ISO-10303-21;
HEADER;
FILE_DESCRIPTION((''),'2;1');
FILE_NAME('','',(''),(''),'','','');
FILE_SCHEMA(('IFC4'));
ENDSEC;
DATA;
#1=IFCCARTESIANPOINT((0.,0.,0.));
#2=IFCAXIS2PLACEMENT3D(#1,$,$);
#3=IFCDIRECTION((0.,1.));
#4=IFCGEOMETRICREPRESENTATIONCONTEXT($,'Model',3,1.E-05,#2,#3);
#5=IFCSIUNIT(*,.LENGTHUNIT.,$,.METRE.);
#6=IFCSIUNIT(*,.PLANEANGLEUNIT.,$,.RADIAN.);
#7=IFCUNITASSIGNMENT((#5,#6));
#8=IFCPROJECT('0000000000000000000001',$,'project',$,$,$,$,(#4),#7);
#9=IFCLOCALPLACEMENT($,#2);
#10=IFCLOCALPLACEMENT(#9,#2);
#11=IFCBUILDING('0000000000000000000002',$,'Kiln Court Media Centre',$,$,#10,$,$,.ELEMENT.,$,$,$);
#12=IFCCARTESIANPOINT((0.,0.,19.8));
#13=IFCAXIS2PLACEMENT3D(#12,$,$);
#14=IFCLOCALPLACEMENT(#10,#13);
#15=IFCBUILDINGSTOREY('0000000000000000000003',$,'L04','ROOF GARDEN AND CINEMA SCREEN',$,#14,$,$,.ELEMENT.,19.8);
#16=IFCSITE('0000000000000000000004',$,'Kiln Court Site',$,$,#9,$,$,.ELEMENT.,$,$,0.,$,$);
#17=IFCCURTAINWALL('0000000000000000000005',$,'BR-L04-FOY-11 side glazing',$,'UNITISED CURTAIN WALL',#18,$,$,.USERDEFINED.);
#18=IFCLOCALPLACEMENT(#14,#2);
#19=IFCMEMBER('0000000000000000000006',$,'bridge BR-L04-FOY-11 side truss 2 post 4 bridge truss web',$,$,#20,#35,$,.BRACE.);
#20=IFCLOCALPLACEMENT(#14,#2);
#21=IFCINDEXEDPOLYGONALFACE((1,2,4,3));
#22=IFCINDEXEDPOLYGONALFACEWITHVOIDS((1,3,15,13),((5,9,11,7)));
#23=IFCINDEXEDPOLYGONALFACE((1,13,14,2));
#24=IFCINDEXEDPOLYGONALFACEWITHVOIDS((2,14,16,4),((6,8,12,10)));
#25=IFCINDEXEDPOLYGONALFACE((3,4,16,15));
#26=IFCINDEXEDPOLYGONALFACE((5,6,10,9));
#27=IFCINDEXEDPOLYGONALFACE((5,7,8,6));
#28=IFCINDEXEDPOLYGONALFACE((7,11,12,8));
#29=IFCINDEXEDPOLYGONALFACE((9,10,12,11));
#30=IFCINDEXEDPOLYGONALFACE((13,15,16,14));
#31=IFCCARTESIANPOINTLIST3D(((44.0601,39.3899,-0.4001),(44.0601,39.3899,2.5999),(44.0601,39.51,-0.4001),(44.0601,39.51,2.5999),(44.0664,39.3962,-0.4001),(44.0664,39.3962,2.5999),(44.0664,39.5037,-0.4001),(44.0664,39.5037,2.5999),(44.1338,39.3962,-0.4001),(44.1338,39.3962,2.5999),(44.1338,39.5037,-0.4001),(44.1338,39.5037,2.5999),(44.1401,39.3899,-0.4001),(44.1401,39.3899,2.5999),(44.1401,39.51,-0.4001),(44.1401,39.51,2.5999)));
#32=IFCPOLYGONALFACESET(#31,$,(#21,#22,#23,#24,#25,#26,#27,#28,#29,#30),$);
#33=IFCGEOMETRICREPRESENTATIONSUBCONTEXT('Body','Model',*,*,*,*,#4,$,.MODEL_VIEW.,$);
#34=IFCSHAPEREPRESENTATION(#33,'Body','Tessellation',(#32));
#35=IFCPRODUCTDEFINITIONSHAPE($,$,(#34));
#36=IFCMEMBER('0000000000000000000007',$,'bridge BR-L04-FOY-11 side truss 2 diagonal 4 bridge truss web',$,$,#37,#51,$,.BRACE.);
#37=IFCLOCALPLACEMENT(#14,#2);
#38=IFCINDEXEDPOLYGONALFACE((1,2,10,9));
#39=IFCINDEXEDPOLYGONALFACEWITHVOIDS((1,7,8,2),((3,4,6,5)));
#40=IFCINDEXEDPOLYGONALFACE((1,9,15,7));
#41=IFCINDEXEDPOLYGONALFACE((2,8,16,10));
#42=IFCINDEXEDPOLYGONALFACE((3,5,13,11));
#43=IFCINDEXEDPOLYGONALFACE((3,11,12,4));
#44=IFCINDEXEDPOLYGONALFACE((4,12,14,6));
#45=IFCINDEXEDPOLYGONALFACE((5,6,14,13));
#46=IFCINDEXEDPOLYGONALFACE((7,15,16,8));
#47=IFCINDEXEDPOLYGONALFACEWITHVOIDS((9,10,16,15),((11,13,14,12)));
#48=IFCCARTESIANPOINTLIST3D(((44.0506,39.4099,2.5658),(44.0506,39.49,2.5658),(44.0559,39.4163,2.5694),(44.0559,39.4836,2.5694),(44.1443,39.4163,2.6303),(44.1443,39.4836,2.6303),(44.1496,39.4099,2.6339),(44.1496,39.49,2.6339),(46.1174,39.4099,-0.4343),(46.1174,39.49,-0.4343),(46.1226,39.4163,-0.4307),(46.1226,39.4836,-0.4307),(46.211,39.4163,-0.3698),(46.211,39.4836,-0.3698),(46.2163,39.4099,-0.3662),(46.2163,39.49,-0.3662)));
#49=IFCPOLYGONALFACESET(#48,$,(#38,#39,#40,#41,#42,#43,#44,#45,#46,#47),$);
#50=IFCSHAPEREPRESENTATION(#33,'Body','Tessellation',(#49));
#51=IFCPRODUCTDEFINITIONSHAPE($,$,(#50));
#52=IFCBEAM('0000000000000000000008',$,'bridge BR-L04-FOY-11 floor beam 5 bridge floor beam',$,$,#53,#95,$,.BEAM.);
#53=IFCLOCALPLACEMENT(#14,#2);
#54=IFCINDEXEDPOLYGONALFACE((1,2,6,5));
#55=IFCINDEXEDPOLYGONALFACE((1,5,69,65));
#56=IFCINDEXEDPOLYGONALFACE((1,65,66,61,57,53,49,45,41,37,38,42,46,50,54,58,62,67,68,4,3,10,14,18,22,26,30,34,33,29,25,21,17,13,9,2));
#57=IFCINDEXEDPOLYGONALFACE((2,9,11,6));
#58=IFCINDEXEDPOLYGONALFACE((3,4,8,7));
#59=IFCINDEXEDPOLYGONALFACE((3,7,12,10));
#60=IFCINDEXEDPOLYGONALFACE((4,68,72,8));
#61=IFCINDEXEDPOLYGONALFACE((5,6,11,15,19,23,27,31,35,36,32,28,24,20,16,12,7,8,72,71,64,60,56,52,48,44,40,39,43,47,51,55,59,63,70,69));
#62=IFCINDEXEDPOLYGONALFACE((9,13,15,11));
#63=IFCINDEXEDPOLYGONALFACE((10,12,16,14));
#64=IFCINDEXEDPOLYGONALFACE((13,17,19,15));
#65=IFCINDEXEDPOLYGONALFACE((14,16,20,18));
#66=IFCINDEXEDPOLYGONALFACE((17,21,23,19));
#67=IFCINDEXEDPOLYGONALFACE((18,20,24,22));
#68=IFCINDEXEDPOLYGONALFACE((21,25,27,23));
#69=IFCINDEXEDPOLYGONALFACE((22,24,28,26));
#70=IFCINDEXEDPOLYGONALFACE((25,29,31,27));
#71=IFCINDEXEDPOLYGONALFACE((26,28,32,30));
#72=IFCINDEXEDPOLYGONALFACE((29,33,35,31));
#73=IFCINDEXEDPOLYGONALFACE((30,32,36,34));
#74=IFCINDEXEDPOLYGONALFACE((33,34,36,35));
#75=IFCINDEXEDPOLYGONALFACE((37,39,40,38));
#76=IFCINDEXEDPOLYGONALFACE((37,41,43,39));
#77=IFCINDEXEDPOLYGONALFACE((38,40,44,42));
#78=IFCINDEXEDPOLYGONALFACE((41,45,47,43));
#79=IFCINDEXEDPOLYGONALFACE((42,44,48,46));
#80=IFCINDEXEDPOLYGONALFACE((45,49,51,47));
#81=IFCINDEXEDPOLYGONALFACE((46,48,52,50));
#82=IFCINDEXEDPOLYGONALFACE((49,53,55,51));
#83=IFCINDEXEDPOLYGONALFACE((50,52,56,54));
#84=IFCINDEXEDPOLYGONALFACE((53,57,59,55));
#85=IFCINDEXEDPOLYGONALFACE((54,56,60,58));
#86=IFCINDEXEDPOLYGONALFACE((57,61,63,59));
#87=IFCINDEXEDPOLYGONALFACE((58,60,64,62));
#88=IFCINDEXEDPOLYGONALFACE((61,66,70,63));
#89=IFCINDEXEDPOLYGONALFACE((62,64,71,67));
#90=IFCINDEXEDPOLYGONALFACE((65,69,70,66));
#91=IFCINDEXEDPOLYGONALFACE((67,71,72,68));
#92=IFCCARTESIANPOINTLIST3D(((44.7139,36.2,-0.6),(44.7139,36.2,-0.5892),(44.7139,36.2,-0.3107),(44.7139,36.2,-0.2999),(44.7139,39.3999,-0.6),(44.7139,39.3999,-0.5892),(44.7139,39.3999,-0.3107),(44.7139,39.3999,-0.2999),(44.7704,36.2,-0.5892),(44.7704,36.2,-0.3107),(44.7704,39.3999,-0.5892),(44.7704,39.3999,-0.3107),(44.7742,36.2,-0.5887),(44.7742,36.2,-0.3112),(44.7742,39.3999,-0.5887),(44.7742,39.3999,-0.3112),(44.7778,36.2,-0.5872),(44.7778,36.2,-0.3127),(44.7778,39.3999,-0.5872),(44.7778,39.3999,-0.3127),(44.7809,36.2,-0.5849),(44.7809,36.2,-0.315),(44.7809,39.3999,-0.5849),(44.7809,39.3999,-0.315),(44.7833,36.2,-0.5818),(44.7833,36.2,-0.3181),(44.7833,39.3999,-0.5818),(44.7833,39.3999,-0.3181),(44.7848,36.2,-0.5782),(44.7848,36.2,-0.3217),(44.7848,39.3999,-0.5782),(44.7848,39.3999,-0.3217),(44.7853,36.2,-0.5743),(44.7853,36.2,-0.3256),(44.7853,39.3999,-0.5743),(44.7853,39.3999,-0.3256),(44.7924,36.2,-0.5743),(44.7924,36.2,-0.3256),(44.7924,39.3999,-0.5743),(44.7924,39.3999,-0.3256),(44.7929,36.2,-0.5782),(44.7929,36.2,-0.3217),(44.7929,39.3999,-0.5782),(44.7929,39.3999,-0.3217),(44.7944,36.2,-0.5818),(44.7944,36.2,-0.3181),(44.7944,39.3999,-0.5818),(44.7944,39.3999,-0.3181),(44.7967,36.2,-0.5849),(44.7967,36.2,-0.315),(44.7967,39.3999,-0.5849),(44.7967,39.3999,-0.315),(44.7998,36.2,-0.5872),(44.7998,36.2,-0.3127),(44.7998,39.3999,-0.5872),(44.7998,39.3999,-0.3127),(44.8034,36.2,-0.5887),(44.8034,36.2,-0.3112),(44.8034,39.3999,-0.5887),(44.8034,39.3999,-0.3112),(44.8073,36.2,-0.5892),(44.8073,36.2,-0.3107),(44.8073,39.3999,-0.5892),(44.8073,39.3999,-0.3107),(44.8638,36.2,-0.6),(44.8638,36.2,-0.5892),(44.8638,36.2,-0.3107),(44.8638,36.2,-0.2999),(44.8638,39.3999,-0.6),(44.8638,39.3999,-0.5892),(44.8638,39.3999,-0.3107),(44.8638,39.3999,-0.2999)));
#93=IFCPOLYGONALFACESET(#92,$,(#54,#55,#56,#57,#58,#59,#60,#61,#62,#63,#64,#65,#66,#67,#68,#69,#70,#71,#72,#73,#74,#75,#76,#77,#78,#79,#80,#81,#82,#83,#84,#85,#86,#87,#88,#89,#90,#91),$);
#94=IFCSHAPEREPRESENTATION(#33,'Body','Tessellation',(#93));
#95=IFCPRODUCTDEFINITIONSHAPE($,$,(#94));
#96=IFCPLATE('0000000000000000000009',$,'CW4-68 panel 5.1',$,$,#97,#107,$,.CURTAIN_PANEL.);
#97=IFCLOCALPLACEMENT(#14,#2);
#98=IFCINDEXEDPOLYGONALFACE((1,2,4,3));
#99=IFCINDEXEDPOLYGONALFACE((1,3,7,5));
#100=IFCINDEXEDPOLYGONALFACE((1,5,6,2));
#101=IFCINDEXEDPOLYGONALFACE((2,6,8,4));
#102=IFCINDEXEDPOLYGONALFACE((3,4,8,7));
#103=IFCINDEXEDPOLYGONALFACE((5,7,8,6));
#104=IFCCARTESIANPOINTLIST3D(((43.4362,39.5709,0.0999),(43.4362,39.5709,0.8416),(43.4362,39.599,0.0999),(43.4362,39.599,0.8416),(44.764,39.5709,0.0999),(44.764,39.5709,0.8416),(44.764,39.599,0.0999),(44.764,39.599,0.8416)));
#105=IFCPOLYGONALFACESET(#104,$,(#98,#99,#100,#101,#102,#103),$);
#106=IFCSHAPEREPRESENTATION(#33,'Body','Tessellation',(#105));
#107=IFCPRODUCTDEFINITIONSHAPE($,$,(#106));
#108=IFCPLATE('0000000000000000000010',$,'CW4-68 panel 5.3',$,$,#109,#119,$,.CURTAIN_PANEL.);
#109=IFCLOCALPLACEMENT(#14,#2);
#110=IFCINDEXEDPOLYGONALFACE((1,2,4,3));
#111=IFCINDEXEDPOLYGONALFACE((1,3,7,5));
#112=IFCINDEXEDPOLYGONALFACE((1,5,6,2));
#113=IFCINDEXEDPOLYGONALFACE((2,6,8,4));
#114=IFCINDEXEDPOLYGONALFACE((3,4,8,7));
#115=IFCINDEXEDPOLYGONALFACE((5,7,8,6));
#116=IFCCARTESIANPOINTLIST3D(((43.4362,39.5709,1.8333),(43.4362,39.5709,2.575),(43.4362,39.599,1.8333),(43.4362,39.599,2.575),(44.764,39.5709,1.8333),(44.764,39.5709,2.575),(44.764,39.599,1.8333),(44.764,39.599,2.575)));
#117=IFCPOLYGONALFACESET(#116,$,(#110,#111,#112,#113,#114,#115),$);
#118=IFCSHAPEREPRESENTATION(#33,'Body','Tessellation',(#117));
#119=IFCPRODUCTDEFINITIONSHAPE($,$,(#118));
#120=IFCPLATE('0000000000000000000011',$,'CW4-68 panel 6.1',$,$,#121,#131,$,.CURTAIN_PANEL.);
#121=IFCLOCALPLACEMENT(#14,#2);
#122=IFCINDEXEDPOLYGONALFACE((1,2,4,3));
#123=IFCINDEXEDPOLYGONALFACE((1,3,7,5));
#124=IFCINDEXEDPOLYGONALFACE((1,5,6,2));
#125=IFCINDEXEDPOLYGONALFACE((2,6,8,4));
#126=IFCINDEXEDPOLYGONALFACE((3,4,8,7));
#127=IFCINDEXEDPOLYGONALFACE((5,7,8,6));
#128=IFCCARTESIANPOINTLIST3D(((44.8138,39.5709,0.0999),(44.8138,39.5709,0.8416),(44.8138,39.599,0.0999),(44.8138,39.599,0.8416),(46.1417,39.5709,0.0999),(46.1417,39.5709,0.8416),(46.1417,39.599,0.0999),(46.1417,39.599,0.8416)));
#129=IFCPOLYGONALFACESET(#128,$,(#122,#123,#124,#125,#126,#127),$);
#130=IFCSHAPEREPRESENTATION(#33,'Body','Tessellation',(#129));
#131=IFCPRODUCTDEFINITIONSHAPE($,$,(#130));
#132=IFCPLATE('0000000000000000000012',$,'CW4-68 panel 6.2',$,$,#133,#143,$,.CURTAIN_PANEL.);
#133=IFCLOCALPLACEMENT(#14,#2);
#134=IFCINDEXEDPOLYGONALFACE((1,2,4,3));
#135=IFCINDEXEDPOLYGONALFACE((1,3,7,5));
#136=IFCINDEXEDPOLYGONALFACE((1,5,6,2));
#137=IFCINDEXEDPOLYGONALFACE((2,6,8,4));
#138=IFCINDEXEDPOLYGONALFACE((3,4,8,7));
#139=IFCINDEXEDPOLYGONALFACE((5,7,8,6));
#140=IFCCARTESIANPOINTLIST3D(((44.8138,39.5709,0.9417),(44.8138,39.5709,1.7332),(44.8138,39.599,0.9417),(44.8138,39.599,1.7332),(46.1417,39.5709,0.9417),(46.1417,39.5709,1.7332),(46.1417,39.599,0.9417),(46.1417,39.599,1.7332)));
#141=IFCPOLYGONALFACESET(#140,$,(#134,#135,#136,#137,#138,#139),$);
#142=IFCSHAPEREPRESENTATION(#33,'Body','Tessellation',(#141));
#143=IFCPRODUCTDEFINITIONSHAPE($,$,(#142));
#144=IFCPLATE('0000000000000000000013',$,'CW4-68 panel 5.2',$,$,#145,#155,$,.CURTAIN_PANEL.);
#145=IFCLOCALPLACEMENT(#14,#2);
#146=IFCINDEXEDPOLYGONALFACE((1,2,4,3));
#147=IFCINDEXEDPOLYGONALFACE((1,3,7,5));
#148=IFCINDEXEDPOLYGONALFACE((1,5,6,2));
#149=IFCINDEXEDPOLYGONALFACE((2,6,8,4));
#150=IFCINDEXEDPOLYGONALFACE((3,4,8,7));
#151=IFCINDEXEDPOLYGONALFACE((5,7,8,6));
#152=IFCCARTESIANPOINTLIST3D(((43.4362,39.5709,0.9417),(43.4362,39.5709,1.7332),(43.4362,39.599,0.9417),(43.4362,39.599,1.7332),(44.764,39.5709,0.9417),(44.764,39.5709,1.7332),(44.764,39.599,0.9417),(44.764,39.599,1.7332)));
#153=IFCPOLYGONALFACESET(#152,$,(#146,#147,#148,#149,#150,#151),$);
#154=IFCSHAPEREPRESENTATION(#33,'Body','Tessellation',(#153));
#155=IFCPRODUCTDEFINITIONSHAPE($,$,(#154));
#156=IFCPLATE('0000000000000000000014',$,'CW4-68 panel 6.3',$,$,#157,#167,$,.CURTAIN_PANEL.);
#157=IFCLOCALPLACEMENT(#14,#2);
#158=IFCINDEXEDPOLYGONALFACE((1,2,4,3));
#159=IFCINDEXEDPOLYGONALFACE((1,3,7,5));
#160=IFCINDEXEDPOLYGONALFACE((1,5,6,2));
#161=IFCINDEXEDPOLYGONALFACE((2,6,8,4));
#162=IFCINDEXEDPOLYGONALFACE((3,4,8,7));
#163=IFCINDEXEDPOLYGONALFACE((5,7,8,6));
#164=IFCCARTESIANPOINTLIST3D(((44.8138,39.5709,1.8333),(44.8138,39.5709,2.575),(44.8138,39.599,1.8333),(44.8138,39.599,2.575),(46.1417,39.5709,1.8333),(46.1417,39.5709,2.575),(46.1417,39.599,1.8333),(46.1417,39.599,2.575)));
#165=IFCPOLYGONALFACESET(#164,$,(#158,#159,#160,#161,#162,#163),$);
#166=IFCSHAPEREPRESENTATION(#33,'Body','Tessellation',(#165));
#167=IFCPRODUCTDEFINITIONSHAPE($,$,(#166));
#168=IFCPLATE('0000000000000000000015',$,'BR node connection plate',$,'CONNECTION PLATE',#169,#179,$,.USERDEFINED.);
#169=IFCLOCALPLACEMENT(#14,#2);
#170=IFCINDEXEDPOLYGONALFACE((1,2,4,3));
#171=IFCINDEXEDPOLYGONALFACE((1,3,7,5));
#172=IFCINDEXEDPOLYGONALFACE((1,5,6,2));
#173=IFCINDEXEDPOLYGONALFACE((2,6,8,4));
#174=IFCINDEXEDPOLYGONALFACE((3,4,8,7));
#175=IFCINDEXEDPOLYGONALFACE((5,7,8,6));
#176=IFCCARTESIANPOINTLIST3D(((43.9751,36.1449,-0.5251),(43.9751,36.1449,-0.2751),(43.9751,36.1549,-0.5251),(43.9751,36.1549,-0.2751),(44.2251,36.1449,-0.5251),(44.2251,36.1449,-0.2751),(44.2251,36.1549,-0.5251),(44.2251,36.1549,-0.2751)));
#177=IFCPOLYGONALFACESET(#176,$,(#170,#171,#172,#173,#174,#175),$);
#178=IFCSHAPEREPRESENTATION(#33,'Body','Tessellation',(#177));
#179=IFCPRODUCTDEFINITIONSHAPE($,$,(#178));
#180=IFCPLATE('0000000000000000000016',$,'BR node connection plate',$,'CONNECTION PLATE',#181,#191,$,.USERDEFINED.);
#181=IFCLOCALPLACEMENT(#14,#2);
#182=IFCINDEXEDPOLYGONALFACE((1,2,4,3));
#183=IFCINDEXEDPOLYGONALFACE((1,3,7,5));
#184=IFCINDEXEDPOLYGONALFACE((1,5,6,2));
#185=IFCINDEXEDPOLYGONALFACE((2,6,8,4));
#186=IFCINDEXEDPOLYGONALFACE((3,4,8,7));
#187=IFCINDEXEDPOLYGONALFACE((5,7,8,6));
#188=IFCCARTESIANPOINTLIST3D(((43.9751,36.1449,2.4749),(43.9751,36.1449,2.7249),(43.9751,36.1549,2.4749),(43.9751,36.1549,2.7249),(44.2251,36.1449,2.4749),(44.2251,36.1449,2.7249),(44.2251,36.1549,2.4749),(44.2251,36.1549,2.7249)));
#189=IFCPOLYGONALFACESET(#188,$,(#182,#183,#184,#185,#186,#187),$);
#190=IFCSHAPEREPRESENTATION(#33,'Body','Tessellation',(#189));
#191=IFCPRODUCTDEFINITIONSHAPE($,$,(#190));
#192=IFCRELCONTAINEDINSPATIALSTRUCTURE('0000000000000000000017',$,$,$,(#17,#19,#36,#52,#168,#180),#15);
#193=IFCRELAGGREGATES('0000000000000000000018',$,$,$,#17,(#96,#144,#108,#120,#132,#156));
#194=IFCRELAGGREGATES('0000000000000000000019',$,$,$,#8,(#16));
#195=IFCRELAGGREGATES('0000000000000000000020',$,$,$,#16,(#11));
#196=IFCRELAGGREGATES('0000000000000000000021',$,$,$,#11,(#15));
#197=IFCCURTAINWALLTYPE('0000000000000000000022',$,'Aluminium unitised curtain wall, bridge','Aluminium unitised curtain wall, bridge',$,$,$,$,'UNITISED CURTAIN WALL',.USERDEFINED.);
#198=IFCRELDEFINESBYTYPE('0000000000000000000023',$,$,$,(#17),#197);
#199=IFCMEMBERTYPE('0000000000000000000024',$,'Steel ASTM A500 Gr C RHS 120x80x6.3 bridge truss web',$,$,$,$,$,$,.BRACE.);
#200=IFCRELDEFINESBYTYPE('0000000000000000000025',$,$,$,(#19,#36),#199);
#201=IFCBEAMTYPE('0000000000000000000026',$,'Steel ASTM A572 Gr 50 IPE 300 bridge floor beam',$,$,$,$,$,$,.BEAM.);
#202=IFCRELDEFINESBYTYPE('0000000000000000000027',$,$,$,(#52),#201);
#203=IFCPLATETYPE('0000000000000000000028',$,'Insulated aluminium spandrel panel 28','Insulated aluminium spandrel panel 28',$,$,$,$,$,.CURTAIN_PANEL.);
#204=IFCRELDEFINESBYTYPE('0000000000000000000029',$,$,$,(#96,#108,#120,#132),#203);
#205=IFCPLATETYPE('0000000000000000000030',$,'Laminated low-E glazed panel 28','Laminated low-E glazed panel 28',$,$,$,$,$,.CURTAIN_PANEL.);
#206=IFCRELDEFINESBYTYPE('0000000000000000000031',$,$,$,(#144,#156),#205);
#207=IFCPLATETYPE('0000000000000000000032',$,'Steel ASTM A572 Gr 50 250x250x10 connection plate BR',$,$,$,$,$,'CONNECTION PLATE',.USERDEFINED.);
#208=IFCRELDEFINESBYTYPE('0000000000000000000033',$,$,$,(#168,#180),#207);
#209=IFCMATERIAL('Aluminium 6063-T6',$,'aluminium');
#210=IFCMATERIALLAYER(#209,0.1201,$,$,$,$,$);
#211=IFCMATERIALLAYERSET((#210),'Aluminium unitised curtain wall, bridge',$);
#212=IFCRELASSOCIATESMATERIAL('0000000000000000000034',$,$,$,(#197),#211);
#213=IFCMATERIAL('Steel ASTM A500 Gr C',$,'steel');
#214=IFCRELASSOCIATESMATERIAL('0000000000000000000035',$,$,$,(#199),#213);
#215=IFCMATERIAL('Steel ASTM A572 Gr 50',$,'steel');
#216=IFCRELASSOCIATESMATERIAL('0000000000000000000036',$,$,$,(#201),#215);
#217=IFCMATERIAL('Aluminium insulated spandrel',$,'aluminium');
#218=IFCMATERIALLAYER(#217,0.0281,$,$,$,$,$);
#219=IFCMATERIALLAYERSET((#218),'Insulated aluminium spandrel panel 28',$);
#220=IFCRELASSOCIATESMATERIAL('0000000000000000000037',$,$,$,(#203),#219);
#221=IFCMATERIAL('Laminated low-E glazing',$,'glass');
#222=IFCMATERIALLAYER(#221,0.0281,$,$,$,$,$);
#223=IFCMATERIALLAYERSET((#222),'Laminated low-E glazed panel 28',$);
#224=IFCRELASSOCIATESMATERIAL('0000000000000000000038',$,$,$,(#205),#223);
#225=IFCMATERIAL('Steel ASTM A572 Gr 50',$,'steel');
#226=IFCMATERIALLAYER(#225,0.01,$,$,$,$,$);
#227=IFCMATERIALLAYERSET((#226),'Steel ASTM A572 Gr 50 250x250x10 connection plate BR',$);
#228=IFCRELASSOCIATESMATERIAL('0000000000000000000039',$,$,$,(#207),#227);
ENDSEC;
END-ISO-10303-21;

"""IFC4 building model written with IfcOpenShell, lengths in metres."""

from ifc_helpers import new_model, si_unit, direction, frame, origin, origin_2d, place, context, subcontext, project, spatial, rectangle, hollow_rectangle, i_section, extrude, material, layer, layer_set, material_profile, profile_set, type_object, element, aggregate, save


model = new_model("IFC4")

# Units and contexts
model_context = context("Model", 3, precision=1e-05, world=origin(), true_north=direction((0.0, 1.0)))
body_context = subcontext(model_context, "Body", "Model", "MODEL_VIEW")
ifc_project = project(units=[si_unit("LENGTHUNIT", "METRE"), si_unit("PLANEANGLEUNIT", "RADIAN")], contexts=[model_context])

# Site, building, storey
site_placement = place(None, origin())
site = spatial("IfcSite", under=ifc_project, at=site_placement, Name="Kiln Court Site", CompositionType="ELEMENT", RefElevation=0.0)
building_placement = place(site_placement, origin())
building = spatial("IfcBuilding", under=site, at=building_placement, Name="Kiln Court Media Centre", CompositionType="ELEMENT")
storey_placement = place(building_placement, frame((0.0, 0.0, 19.8)))
storey = spatial("IfcBuildingStorey", under=building, at=storey_placement, Name="L04", Description="ROOF GARDEN AND CINEMA SCREEN", CompositionType="ELEMENT", Elevation=19.8)

# Curtain wall
ifc_material_1 = material(Name="Aluminium 6063-T6", Category="aluminium")
ifc_layer_1 = layer(ifc_material_1, 0.1201)
ifc_layer_set_1 = layer_set([ifc_layer_1], Name="Aluminium unitised curtain wall, bridge")
curtain_wall_type = type_object("IfcCurtainWallType", Name="Aluminium unitised curtain wall, bridge", Description="Aluminium unitised curtain wall, bridge", ElementType="UNITISED CURTAIN WALL", PredefinedType="USERDEFINED", material=ifc_layer_set_1)
curtain_wall_placement = place(storey_placement, origin())
curtain_wall = element("IfcCurtainWall", 1, at=curtain_wall_placement, inside=storey, type_object=curtain_wall_type, Name="BR-L04-FOY-11 side glazing", ObjectType="UNITISED CURTAIN WALL", PredefinedType="USERDEFINED")

# Members
ifc_material_2 = material(Name="Steel ASTM A500 Gr C", Category="steel")
ifc_material_profile_1 = material_profile(ifc_material_2, hollow_rectangle(XDim=0.0801, YDim=0.1201, WallThickness=0.0063, at=origin_2d()), Name="RHS 120x80x6.3")
ifc_profile_set_1 = profile_set([ifc_material_profile_1], Name="Steel ASTM A500 Gr C")
member_type_1 = type_object("IfcMemberType", Name="Steel ASTM A500 Gr C RHS 120x80x6.3 bridge truss web", PredefinedType="BRACE", material=ifc_profile_set_1)
member_1_placement = place(storey_placement, frame((44.1001, 39.45, -0.4001), z_axis=(0.0, 0.0, 1.0), x_axis=(1.0, 0.0, 0.0)))
element("IfcMember", 2, at=member_1_placement, inside=storey, type_object=member_type_1, Name="bridge BR-L04-FOY-11 side truss 2 post 4 bridge truss web", PredefinedType="BRACE", context=body_context, shape_type="SweptSolid", body=[
    extrude(hollow_rectangle(XDim=0.0801, YDim=0.1201, WallThickness=0.0063, at=origin_2d()), origin(), (0.0, 0.0, 1.0), 3.0),
])
member_2_placement = place(storey_placement, frame((44.1001, 39.45, 2.5999), z_axis=(0.567302, 0.0, -0.82351), x_axis=(0.0, 1.0, 0.0)))
element("IfcMember", 3, at=member_2_placement, inside=storey, type_object=member_type_1, Name="bridge BR-L04-FOY-11 side truss 2 diagonal 4 bridge truss web", PredefinedType="BRACE", context=body_context, shape_type="SweptSolid", body=[
    extrude(hollow_rectangle(XDim=0.0801, YDim=0.1201, WallThickness=0.0063, at=origin_2d()), origin(), (0.0, 0.0, 1.0), 3.6431),
])

# Beam
ifc_material_3 = material(Name="Steel ASTM A572 Gr 50", Category="steel")
ifc_material_profile_2 = material_profile(ifc_material_3, i_section(OverallWidth=0.1499, OverallDepth=0.3, WebThickness=0.0071, FlangeThickness=0.0107, FilletRadius=0.0149, at=origin_2d()), Name="IPE 300")
ifc_profile_set_2 = profile_set([ifc_material_profile_2], Name="Steel ASTM A572 Gr 50")
beam_type = type_object("IfcBeamType", Name="Steel ASTM A572 Gr 50 IPE 300 bridge floor beam", PredefinedType="BEAM", material=ifc_profile_set_2)
beam_placement = place(storey_placement, frame((44.7888, 36.2, -0.45), z_axis=(0.0, 1.0, 0.0), x_axis=(-1.0, 0.0, 0.0)))
element("IfcBeam", 4, at=beam_placement, inside=storey, type_object=beam_type, Name="bridge BR-L04-FOY-11 floor beam 5 bridge floor beam", PredefinedType="BEAM", context=body_context, shape_type="SweptSolid", body=[
    extrude(i_section(OverallWidth=0.1499, OverallDepth=0.3, WebThickness=0.0071, FlangeThickness=0.0107, FilletRadius=0.0149, at=origin_2d()), origin(), (0.0, 0.0, 1.0), 3.2),
])

# Plates
ifc_material_4 = material(Name="Aluminium insulated spandrel", Category="aluminium")
ifc_layer_2 = layer(ifc_material_4, 0.0281)
ifc_layer_set_2 = layer_set([ifc_layer_2], Name="Insulated aluminium spandrel panel 28")
plate_type_1 = type_object("IfcPlateType", Name="Insulated aluminium spandrel panel 28", Description="Insulated aluminium spandrel panel 28", PredefinedType="CURTAIN_PANEL", material=ifc_layer_set_2)
plate_1_placement = place(storey_placement, frame((44.1001, 39.585, 0.0999), z_axis=(0.0, 0.0, 1.0), x_axis=(1.0, 0.0, 0.0)))
plate_1 = element("IfcPlate", 5, at=plate_1_placement, type_object=plate_type_1, Name="CW4-68 panel 5.1", PredefinedType="CURTAIN_PANEL", context=body_context, shape_type="SweptSolid", body=[
    extrude(rectangle(XDim=1.3279, YDim=0.0281, at=origin_2d()), origin(), (0.0, 0.0, 1.0), 0.7417),
])
plate_2_placement = place(storey_placement, frame((44.1001, 39.585, 1.8333), z_axis=(0.0, 0.0, 1.0), x_axis=(1.0, 0.0, 0.0)))
plate_2 = element("IfcPlate", 6, at=plate_2_placement, type_object=plate_type_1, Name="CW4-68 panel 5.3", PredefinedType="CURTAIN_PANEL", context=body_context, shape_type="SweptSolid", body=[
    extrude(rectangle(XDim=1.3279, YDim=0.0281, at=origin_2d()), origin(), (0.0, 0.0, 1.0), 0.7417),
])
plate_3_placement = place(storey_placement, frame((45.4778, 39.585, 0.0999), z_axis=(0.0, 0.0, 1.0), x_axis=(1.0, 0.0, 0.0)))
plate_3 = element("IfcPlate", 7, at=plate_3_placement, type_object=plate_type_1, Name="CW4-68 panel 6.1", PredefinedType="CURTAIN_PANEL", context=body_context, shape_type="SweptSolid", body=[
    extrude(rectangle(XDim=1.3279, YDim=0.0281, at=origin_2d()), origin(), (0.0, 0.0, 1.0), 0.7417),
])
plate_4_placement = place(storey_placement, frame((45.4778, 39.585, 0.9417), z_axis=(0.0, 0.0, 1.0), x_axis=(1.0, 0.0, 0.0)))
plate_4 = element("IfcPlate", 8, at=plate_4_placement, type_object=plate_type_1, Name="CW4-68 panel 6.2", PredefinedType="CURTAIN_PANEL", context=body_context, shape_type="SweptSolid", body=[
    extrude(rectangle(XDim=1.3279, YDim=0.0281, at=origin_2d()), origin(), (0.0, 0.0, 1.0), 0.7915),
])
ifc_material_5 = material(Name="Laminated low-E glazing", Category="glass")
ifc_layer_3 = layer(ifc_material_5, 0.0281)
ifc_layer_set_3 = layer_set([ifc_layer_3], Name="Laminated low-E glazed panel 28")
plate_type_2 = type_object("IfcPlateType", Name="Laminated low-E glazed panel 28", Description="Laminated low-E glazed panel 28", PredefinedType="CURTAIN_PANEL", material=ifc_layer_set_3)
plate_5_placement = place(storey_placement, frame((44.1001, 39.585, 0.9417), z_axis=(0.0, 0.0, 1.0), x_axis=(1.0, 0.0, 0.0)))
plate_5 = element("IfcPlate", 9, at=plate_5_placement, type_object=plate_type_2, Name="CW4-68 panel 5.2", PredefinedType="CURTAIN_PANEL", context=body_context, shape_type="SweptSolid", body=[
    extrude(rectangle(XDim=1.3279, YDim=0.0281, at=origin_2d()), origin(), (0.0, 0.0, 1.0), 0.7915),
])
plate_6_placement = place(storey_placement, frame((45.4778, 39.585, 1.8333), z_axis=(0.0, 0.0, 1.0), x_axis=(1.0, 0.0, 0.0)))
plate_6 = element("IfcPlate", 10, at=plate_6_placement, type_object=plate_type_2, Name="CW4-68 panel 6.3", PredefinedType="CURTAIN_PANEL", context=body_context, shape_type="SweptSolid", body=[
    extrude(rectangle(XDim=1.3279, YDim=0.0281, at=origin_2d()), origin(), (0.0, 0.0, 1.0), 0.7417),
])
aggregate(curtain_wall, [plate_1, plate_5, plate_2, plate_3, plate_4, plate_6])

# Plates
ifc_material_6 = material(Name="Steel ASTM A572 Gr 50", Category="steel")
ifc_layer_4 = layer(ifc_material_6, 0.01)
ifc_layer_set_4 = layer_set([ifc_layer_4], Name="Steel ASTM A572 Gr 50 250x250x10 connection plate BR")
plate_type_3 = type_object("IfcPlateType", Name="Steel ASTM A572 Gr 50 250x250x10 connection plate BR", ElementType="CONNECTION PLATE", PredefinedType="USERDEFINED", material=ifc_layer_set_4)
for number, where, z_axis, x_axis, name in (
    (11, (44.1001, 36.1499, -0.5251), (0.0, 0.0, 1.0), (1.0, 0.0, 0.0), "BR node connection plate"),
    (12, (44.1001, 36.1499, 2.4749), (0.0, 0.0, 1.0), (1.0, 0.0, 0.0), "BR node connection plate"),
):
    element("IfcPlate", number, at=place(storey_placement, frame(where, z_axis=z_axis, x_axis=x_axis)), inside=storey, type_object=plate_type_3, Name=name, ObjectType="CONNECTION PLATE", PredefinedType="USERDEFINED", context=body_context, shape_type="SweptSolid", body=[
        extrude(rectangle(XDim=0.25, YDim=0.01, at=origin_2d()), origin(), (0.0, 0.0, 1.0), 0.25),
    ])

save(model, "model.ifc")
